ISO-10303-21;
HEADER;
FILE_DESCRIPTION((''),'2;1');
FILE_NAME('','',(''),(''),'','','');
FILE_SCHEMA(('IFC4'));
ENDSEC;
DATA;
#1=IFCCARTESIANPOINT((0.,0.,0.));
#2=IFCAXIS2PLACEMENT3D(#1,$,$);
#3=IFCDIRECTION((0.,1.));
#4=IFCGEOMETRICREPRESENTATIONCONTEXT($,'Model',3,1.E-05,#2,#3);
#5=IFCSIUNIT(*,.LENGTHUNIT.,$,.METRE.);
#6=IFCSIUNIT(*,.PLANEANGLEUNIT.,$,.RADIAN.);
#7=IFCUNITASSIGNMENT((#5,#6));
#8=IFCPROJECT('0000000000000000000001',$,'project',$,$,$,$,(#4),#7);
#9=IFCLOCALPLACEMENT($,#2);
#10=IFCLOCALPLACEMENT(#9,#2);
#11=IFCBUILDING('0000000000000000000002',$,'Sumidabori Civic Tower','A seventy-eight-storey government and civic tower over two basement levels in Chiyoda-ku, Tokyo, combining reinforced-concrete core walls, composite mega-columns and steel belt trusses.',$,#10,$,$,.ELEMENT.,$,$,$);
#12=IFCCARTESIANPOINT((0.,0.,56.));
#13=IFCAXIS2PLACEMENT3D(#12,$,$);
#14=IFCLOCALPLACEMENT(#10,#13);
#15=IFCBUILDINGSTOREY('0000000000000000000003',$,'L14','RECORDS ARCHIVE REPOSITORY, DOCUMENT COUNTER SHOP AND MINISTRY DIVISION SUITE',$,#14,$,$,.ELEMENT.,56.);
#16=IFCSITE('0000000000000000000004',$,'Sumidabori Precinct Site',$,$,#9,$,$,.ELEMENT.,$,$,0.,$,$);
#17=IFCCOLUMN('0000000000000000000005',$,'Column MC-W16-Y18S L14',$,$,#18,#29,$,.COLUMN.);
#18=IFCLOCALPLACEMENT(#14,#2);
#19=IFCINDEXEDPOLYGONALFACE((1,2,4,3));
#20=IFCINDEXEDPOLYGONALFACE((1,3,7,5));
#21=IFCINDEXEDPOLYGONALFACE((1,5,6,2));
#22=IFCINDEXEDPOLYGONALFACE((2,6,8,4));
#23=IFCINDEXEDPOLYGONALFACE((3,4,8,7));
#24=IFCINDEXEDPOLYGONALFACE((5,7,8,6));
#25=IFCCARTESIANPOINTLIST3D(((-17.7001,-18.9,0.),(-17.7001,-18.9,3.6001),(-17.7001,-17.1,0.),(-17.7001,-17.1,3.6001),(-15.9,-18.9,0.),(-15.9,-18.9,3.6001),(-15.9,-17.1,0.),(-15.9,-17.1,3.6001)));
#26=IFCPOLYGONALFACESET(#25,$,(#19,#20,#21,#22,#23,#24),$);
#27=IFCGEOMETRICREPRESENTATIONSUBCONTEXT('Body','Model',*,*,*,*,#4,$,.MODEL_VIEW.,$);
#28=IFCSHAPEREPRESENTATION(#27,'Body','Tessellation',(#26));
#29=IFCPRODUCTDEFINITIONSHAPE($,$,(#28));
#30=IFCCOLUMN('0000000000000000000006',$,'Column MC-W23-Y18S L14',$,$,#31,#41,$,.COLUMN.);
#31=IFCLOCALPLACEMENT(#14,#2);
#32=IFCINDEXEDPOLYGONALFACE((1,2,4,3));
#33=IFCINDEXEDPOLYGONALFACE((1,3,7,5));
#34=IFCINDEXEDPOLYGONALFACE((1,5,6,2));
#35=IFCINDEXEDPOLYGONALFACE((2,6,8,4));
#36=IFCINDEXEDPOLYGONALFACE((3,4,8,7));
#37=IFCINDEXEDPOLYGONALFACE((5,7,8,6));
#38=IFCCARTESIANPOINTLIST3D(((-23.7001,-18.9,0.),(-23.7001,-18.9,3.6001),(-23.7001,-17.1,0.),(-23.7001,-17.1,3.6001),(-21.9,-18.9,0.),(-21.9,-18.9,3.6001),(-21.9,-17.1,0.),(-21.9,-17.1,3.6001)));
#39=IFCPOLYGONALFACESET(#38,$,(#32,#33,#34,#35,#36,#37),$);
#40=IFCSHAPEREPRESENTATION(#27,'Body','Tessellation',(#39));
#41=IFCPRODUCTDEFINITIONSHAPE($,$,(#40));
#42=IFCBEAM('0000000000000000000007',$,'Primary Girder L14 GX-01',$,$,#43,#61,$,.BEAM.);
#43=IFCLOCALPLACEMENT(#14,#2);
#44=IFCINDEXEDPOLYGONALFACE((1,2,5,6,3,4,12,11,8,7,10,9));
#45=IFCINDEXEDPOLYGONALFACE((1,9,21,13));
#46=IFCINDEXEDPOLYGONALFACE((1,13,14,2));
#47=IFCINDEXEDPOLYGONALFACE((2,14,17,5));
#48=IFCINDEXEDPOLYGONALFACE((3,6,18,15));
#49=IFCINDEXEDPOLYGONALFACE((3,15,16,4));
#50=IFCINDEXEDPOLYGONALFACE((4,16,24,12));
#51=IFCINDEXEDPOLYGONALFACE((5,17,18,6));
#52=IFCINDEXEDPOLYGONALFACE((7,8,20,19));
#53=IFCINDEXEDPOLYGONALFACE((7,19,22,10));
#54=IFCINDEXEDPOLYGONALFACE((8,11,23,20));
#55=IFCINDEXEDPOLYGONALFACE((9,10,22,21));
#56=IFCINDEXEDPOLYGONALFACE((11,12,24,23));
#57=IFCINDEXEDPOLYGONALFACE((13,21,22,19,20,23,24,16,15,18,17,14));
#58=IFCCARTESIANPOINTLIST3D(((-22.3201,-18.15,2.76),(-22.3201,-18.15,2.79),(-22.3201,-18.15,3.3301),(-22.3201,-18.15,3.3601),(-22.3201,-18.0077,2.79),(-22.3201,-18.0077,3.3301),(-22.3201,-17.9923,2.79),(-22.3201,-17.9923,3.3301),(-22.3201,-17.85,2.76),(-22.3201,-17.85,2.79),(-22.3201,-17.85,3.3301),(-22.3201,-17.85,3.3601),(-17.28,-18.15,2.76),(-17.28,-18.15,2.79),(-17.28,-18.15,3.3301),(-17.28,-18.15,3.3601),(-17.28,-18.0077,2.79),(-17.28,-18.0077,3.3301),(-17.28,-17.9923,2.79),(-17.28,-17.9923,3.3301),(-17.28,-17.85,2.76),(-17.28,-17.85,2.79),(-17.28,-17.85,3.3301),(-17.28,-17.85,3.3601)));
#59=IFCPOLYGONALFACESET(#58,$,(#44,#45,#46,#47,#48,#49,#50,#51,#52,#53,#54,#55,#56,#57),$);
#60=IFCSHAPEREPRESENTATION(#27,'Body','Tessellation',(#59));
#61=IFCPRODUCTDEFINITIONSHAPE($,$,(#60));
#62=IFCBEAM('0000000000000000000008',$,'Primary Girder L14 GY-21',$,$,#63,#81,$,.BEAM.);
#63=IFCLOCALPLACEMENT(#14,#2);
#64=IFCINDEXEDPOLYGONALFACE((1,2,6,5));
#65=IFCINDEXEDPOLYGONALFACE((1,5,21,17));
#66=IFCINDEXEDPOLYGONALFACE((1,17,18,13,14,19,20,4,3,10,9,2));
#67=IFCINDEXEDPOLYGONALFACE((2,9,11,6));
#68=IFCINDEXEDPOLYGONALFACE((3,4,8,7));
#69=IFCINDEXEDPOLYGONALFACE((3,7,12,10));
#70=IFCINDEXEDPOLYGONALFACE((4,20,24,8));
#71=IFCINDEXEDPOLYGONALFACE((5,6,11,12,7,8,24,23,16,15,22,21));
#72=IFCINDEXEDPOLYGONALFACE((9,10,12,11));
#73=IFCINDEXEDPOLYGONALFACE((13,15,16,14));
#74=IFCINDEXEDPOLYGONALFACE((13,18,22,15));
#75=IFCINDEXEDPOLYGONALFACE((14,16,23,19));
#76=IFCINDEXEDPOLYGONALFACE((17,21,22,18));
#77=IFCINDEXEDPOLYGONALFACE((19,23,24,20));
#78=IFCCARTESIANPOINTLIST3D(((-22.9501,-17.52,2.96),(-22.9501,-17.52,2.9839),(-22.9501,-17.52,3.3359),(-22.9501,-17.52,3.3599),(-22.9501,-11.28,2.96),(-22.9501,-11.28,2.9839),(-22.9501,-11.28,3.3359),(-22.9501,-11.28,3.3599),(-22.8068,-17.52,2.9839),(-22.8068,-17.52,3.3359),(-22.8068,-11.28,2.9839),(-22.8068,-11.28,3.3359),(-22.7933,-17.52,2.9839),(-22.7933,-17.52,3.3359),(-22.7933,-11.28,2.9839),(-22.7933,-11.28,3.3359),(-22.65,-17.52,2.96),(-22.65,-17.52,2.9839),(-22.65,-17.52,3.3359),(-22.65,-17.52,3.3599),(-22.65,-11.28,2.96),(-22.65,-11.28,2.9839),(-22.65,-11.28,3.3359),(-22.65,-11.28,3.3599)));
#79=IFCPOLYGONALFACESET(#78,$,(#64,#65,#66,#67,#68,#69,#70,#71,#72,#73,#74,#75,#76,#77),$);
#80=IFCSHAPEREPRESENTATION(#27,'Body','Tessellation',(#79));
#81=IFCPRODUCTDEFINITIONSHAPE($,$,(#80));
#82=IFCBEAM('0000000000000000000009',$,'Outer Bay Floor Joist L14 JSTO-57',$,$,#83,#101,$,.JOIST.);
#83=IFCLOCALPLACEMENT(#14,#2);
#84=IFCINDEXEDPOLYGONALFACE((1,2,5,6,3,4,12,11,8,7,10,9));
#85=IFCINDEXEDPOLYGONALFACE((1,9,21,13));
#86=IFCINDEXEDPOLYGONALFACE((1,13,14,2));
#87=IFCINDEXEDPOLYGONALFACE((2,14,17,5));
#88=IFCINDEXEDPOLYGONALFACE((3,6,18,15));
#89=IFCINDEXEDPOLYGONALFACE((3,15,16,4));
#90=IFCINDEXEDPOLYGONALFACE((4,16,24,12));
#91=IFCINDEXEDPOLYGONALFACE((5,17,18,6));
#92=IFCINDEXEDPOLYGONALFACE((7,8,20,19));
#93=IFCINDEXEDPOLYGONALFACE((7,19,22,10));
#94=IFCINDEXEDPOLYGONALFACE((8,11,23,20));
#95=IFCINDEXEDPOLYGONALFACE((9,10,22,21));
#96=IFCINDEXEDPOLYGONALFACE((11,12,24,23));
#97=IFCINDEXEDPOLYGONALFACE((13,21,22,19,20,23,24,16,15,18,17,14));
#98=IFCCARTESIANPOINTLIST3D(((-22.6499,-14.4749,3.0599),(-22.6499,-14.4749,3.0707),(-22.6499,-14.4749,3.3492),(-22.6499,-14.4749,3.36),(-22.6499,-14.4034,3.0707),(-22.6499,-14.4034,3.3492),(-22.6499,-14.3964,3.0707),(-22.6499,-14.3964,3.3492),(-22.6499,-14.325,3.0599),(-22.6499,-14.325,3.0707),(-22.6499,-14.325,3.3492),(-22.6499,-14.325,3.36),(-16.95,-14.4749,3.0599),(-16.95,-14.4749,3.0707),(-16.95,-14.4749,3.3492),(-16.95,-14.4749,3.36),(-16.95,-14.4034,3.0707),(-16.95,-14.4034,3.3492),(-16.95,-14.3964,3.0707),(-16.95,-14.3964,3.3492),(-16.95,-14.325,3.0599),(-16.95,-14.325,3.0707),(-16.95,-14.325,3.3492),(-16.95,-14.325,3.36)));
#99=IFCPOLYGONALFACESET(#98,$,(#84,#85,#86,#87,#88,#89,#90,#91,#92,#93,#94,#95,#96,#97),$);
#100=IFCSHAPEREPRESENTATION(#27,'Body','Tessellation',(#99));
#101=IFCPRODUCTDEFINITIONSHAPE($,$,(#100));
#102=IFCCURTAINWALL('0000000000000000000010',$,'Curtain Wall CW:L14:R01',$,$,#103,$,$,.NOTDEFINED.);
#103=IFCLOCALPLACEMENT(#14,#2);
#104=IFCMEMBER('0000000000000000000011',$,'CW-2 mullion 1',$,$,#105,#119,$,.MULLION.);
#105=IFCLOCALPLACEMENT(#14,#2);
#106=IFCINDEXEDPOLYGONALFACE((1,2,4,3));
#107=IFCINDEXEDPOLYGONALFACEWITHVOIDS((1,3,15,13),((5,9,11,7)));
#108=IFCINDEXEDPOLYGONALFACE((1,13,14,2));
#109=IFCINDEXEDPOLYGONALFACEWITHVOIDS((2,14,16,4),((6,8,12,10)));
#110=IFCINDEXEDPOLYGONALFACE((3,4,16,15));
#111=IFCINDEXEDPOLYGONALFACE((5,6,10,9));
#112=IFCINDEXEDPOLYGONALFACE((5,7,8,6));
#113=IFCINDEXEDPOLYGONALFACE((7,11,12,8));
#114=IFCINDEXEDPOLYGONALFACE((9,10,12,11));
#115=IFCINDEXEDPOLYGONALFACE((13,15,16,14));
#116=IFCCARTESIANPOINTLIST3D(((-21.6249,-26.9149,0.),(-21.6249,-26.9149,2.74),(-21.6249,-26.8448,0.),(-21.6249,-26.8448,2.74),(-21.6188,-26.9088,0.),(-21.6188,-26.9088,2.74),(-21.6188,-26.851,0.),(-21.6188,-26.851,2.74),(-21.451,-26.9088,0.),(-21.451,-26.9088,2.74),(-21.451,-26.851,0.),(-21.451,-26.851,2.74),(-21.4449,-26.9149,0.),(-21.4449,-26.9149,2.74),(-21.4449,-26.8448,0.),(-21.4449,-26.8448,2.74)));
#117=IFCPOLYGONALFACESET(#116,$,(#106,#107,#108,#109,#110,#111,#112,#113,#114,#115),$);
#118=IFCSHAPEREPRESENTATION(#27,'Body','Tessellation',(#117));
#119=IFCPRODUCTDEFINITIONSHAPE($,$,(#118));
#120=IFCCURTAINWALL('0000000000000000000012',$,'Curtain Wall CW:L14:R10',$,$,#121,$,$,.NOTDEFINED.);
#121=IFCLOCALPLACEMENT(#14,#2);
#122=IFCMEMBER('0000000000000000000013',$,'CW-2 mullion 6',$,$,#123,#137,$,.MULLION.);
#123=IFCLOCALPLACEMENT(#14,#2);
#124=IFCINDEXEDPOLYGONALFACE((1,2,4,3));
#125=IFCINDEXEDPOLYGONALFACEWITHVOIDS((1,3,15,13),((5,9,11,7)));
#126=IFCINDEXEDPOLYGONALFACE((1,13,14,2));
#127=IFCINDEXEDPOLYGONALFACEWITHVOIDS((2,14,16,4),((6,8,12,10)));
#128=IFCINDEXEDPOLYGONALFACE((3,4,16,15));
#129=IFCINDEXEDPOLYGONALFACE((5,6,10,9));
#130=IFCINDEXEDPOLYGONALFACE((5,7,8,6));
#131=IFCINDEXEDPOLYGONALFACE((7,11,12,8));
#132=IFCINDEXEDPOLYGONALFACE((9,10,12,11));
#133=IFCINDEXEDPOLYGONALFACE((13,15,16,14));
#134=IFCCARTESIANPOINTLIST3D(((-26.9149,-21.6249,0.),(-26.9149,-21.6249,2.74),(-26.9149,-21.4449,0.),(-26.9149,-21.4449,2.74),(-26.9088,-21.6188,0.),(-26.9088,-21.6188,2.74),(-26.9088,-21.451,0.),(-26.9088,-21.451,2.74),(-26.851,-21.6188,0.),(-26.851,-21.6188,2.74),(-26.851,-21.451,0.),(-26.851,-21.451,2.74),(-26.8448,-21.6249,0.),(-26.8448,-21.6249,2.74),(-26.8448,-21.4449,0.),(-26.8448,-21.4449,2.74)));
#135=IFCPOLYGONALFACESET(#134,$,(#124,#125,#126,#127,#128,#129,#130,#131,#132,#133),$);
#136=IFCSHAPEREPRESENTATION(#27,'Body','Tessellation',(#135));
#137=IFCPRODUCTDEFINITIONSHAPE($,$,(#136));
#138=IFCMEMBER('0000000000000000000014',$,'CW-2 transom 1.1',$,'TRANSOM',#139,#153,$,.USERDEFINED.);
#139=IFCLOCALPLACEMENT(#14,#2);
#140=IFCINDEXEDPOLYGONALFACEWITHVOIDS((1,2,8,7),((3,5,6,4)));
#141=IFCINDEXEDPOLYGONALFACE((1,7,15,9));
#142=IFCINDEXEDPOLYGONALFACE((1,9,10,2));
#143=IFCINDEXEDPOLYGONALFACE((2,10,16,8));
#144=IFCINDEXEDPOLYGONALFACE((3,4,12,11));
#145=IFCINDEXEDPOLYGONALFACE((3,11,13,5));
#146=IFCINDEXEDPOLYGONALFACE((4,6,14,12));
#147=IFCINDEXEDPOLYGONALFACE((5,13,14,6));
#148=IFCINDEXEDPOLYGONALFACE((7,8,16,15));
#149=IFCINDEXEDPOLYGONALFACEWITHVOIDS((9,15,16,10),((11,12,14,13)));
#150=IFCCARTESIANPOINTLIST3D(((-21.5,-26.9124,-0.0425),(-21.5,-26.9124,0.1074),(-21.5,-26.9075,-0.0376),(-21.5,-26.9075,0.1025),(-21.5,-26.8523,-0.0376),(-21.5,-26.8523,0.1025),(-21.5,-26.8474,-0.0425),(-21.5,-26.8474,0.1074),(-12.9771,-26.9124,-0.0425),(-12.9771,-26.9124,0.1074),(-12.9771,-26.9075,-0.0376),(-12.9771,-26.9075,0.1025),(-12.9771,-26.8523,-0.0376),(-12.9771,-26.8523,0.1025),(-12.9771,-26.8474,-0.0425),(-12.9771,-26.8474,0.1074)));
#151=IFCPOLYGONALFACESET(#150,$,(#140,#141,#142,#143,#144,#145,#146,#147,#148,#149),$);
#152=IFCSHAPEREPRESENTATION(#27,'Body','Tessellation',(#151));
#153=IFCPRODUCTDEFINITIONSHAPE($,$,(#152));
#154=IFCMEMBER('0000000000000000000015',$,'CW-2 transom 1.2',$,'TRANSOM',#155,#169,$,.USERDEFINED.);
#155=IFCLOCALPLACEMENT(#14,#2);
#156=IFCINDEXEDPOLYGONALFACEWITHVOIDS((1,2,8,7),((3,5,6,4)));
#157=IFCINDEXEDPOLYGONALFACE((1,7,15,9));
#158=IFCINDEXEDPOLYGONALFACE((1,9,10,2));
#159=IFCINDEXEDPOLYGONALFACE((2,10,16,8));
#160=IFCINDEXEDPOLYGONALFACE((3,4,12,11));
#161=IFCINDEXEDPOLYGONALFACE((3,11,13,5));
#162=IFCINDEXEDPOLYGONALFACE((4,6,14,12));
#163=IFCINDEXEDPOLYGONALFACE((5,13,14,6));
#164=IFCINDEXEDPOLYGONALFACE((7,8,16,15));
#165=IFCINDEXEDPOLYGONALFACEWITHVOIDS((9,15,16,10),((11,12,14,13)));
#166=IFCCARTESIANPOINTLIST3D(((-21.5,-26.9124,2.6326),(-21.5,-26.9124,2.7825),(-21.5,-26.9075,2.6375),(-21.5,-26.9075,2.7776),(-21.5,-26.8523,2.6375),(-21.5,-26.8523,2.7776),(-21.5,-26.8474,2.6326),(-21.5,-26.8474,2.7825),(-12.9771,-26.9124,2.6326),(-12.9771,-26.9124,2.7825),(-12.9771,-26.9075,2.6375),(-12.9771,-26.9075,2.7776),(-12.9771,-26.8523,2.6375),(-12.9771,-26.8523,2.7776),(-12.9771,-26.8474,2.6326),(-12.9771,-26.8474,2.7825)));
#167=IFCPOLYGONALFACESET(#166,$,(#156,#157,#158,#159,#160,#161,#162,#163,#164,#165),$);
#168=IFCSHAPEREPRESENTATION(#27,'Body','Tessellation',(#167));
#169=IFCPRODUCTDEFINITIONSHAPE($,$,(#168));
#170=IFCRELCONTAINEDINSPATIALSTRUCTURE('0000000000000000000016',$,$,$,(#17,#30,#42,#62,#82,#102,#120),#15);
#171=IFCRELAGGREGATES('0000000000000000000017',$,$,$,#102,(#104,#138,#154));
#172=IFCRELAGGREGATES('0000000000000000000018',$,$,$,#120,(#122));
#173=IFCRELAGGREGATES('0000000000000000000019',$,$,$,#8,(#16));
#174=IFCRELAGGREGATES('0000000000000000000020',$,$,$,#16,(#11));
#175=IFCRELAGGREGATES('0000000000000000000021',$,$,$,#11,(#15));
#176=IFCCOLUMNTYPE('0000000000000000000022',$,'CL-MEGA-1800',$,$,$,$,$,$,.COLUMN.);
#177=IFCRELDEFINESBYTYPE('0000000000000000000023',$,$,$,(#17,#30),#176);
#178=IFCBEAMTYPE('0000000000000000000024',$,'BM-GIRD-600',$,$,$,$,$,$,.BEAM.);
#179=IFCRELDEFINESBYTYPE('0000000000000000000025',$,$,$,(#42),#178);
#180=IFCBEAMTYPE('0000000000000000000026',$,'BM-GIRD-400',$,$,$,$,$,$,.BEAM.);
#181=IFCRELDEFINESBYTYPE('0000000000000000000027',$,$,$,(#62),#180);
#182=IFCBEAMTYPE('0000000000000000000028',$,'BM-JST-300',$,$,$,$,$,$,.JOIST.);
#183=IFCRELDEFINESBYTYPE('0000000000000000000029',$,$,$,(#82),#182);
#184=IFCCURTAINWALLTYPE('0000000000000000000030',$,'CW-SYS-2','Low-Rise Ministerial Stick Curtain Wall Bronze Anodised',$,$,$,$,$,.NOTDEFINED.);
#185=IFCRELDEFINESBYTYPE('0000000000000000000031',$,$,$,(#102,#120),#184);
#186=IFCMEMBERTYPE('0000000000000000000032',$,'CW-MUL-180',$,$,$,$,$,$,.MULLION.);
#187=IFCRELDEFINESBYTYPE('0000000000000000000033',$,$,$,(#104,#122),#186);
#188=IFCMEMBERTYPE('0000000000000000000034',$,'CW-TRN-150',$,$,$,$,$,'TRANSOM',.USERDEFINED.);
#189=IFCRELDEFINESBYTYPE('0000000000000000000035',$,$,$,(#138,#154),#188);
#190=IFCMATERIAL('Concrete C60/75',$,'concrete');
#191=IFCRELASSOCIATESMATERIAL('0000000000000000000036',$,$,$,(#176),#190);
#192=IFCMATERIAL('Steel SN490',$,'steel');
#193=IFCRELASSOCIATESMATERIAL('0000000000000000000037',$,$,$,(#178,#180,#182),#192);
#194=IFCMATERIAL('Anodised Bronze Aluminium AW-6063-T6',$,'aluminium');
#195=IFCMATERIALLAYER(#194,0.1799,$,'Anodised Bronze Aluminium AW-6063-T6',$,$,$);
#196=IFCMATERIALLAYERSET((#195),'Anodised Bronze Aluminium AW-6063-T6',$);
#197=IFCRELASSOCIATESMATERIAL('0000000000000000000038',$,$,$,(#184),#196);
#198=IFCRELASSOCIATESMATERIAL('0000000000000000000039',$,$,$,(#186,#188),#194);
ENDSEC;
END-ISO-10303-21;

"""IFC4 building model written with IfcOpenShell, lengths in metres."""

from ifc_helpers import new_model, si_unit, direction, frame, origin, origin_2d, place, context, subcontext, project, spatial, rectangle, hollow_rectangle, i_section, extrude, source, transform, mapped, material, layer, layer_set, material_profile, profile_set, type_object, element, aggregate, save


model = new_model("IFC4")

# Units and contexts
model_context = context("Model", 3, precision=1e-05, world=origin(), true_north=direction((0.0, 1.0)))
body_context = subcontext(model_context, "Body", "Model", "MODEL_VIEW")
ifc_project = project(units=[si_unit("LENGTHUNIT", "METRE"), si_unit("PLANEANGLEUNIT", "RADIAN")], contexts=[model_context])

# Site, building, storey
site_placement = place(None, origin())
site = spatial("IfcSite", under=ifc_project, at=site_placement, Name="Sumidabori Precinct Site", CompositionType="ELEMENT", RefElevation=0.0)
building_placement = place(site_placement, origin())
building = spatial("IfcBuilding", under=site, at=building_placement, Name="Sumidabori Civic Tower", Description="A seventy-eight-storey government and civic tower over two basement levels in Chiyoda-ku, Tokyo, combining reinforced-concrete core walls, composite mega-columns and steel belt trusses.", CompositionType="ELEMENT")
storey_placement = place(building_placement, frame((0.0, 0.0, 56.0)))
storey = spatial("IfcBuildingStorey", under=building, at=storey_placement, Name="L14", Description="RECORDS ARCHIVE REPOSITORY, DOCUMENT COUNTER SHOP AND MINISTRY DIVISION SUITE", CompositionType="ELEMENT", Elevation=56.0)

# Columns
ifc_material_1 = material(Name="Concrete C60/75", Category="concrete")
ifc_material_profile_1 = material_profile(ifc_material_1, rectangle(XDim=1.8, YDim=1.8, at=origin_2d()), Name="RC 1800x1800")
ifc_profile_set_1 = profile_set([ifc_material_profile_1], Name="Concrete C60/75")
column_type = type_object("IfcColumnType", Name="CL-MEGA-1800", PredefinedType="COLUMN", material=ifc_profile_set_1)
shared_shape_1 = source(origin(), body_context, "Body", "SweptSolid", [
    extrude(rectangle(XDim=1.8, YDim=1.8, at=origin_2d()), origin(), (0.0, 0.0, 1.0), 3.6001),
])
for number, where, z_axis, x_axis, name in (
    (1, (-16.8, -18.0, 0.0), (0.0, 0.0, 1.0), (1.0, 0.0, 0.0), "Column MC-W16-Y18S L14"),
    (2, (-22.8, -18.0, 0.0), (0.0, 0.0, 1.0), (1.0, 0.0, 0.0), "Column MC-W23-Y18S L14"),
):
    element("IfcColumn", number, at=place(storey_placement, frame(where, z_axis=z_axis, x_axis=x_axis)), inside=storey, type_object=column_type, Name=name, PredefinedType="COLUMN", context=body_context, shape_type="MappedRepresentation", body=[
        mapped(shared_shape_1, transform((0.0, 0.0, 0.0), x_axis=(1.0, 0.0, 0.0), y_axis=(0.0, 1.0, 0.0), z_axis=(0.0, 0.0, 1.0), scale=1.0)),
    ])

# Beams
ifc_material_2 = material(Name="Steel SN490", Category="steel")
ifc_material_profile_2 = material_profile(ifc_material_2, i_section(OverallWidth=0.3, OverallDepth=0.6001, WebThickness=0.0154, FlangeThickness=0.03, at=origin_2d()), Name="HE 600 B")
ifc_profile_set_2 = profile_set([ifc_material_profile_2], Name="Steel SN490")
beam_type_1 = type_object("IfcBeamType", Name="BM-GIRD-600", PredefinedType="BEAM", material=ifc_profile_set_2)
shared_shape_2 = source(origin(), body_context, "Body", "SweptSolid", [
    extrude(i_section(OverallWidth=0.3, OverallDepth=0.6001, WebThickness=0.0154, FlangeThickness=0.03, at=origin_2d()), origin(), (0.0, 0.0, 1.0), 5.04),
])
beam_1_placement = place(storey_placement, frame((-22.3201, -18.0, 3.0601), z_axis=(1.0, 0.0, 0.0), x_axis=(0.0, 1.0, 0.0)))
element("IfcBeam", 3, at=beam_1_placement, inside=storey, type_object=beam_type_1, Name="Primary Girder L14 GX-01", PredefinedType="BEAM", context=body_context, shape_type="MappedRepresentation", body=[
    mapped(shared_shape_2, transform((0.0, 0.0, 0.0), x_axis=(1.0, 0.0, 0.0), y_axis=(0.0, 1.0, 0.0), z_axis=(0.0, 0.0, 1.0), scale=1.0)),
])
ifc_material_profile_3 = material_profile(ifc_material_2, i_section(OverallWidth=0.3, OverallDepth=0.3999, WebThickness=0.0134, FlangeThickness=0.0239, at=origin_2d()), Name="HE 400 B")
ifc_profile_set_3 = profile_set([ifc_material_profile_3], Name="Steel SN490")
beam_type_2 = type_object("IfcBeamType", Name="BM-GIRD-400", PredefinedType="BEAM", material=ifc_profile_set_3)
shared_shape_3 = source(origin(), body_context, "Body", "SweptSolid", [
    extrude(i_section(OverallWidth=0.3, OverallDepth=0.3999, WebThickness=0.0134, FlangeThickness=0.0239, at=origin_2d()), origin(), (0.0, 0.0, 1.0), 6.24),
])
beam_2_placement = place(storey_placement, frame((-22.8, -17.52, 3.1599), z_axis=(0.0, 1.0, 0.0), x_axis=(-1.0, 0.0, 0.0)))
element("IfcBeam", 4, at=beam_2_placement, inside=storey, type_object=beam_type_2, Name="Primary Girder L14 GY-21", PredefinedType="BEAM", context=body_context, shape_type="MappedRepresentation", body=[
    mapped(shared_shape_3, transform((0.0, 0.0, 0.0), x_axis=(1.0, 0.0, 0.0), y_axis=(0.0, 1.0, 0.0), z_axis=(0.0, 0.0, 1.0), scale=1.0)),
])
ifc_material_profile_4 = material_profile(ifc_material_2, i_section(OverallWidth=0.1499, OverallDepth=0.3, WebThickness=0.0071, FlangeThickness=0.0107, at=origin_2d()), Name="IPE 300")
ifc_profile_set_4 = profile_set([ifc_material_profile_4], Name="Steel SN490")
beam_type_3 = type_object("IfcBeamType", Name="BM-JST-300", PredefinedType="JOIST", material=ifc_profile_set_4)
shared_shape_4 = source(origin(), body_context, "Body", "SweptSolid", [
    extrude(i_section(OverallWidth=0.1499, OverallDepth=0.3, WebThickness=0.0071, FlangeThickness=0.0107, at=origin_2d()), origin(), (0.0, 0.0, 1.0), 5.7),
])
beam_3_placement = place(storey_placement, frame((-22.6499, -14.3999, 3.21), z_axis=(1.0, 0.0, 0.0), x_axis=(0.0, 1.0, 0.0)))
element("IfcBeam", 5, at=beam_3_placement, inside=storey, type_object=beam_type_3, Name="Outer Bay Floor Joist L14 JSTO-57", PredefinedType="JOIST", context=body_context, shape_type="MappedRepresentation", body=[
    mapped(shared_shape_4, transform((0.0, 0.0, 0.0), x_axis=(1.0, 0.0, 0.0), y_axis=(0.0, 1.0, 0.0), z_axis=(0.0, 0.0, 1.0), scale=1.0)),
])

# Curtain walls, members
ifc_material_3 = material(Name="Anodised Bronze Aluminium AW-6063-T6", Category="aluminium")
ifc_layer_1 = layer(ifc_material_3, 0.1799, Name="Anodised Bronze Aluminium AW-6063-T6")
ifc_layer_set_1 = layer_set([ifc_layer_1], Name="Anodised Bronze Aluminium AW-6063-T6")
curtain_wall_type = type_object("IfcCurtainWallType", Name="CW-SYS-2", Description="Low-Rise Ministerial Stick Curtain Wall Bronze Anodised", PredefinedType="NOTDEFINED", material=ifc_layer_set_1)
curtain_wall_1_placement = place(storey_placement, origin())
curtain_wall_1 = element("IfcCurtainWall", 6, at=curtain_wall_1_placement, inside=storey, type_object=curtain_wall_type, Name="Curtain Wall CW:L14:R01", PredefinedType="NOTDEFINED")
ifc_material_profile_5 = material_profile(ifc_material_3, hollow_rectangle(XDim=0.0701, YDim=0.1799, WallThickness=0.0061, at=origin_2d()), Name="ALU MULLION 180x70")
ifc_profile_set_5 = profile_set([ifc_material_profile_5], Name="Anodised Bronze Aluminium AW-6063-T6")
member_type_1 = type_object("IfcMemberType", Name="CW-MUL-180", PredefinedType="MULLION", material=ifc_profile_set_5)
shared_shape_5 = source(origin(), body_context, "Body", "SweptSolid", [
    extrude(hollow_rectangle(XDim=0.0701, YDim=0.1799, WallThickness=0.0061, at=origin_2d()), origin(), (0.0, 0.0, 1.0), 2.74),
])
member_1_placement = place(storey_placement, frame((-21.5349, -26.8799, 0.0), z_axis=(0.0, 0.0, 1.0), x_axis=(0.0, 1.0, 0.0)))
member_1 = element("IfcMember", 7, at=member_1_placement, type_object=member_type_1, Name="CW-2 mullion 1", PredefinedType="MULLION", context=body_context, shape_type="MappedRepresentation", body=[
    mapped(shared_shape_5, transform((0.0, 0.0, 0.0), x_axis=(1.0, 0.0, 0.0), y_axis=(0.0, 1.0, 0.0), z_axis=(0.0, 0.0, 1.0), scale=1.0)),
])
curtain_wall_2_placement = place(storey_placement, origin())
curtain_wall_2 = element("IfcCurtainWall", 8, at=curtain_wall_2_placement, inside=storey, type_object=curtain_wall_type, Name="Curtain Wall CW:L14:R10", PredefinedType="NOTDEFINED")
member_2_placement = place(storey_placement, frame((-26.8799, -21.5349, 0.0), z_axis=(0.0, 0.0, 1.0), x_axis=(1.0, 0.0, 0.0)))
member_2 = element("IfcMember", 9, at=member_2_placement, type_object=member_type_1, Name="CW-2 mullion 6", PredefinedType="MULLION", context=body_context, shape_type="MappedRepresentation", body=[
    mapped(shared_shape_5, transform((0.0, 0.0, 0.0), x_axis=(1.0, 0.0, 0.0), y_axis=(0.0, 1.0, 0.0), z_axis=(0.0, 0.0, 1.0), scale=1.0)),
])

# Members
ifc_material_profile_6 = material_profile(ifc_material_3, hollow_rectangle(XDim=0.0649, YDim=0.1499, WallThickness=0.0049, at=origin_2d()), Name="ALU TRANSOM 150x65")
ifc_profile_set_6 = profile_set([ifc_material_profile_6], Name="Anodised Bronze Aluminium AW-6063-T6")
member_type_2 = type_object("IfcMemberType", Name="CW-TRN-150", ElementType="TRANSOM", PredefinedType="USERDEFINED", material=ifc_profile_set_6)
shared_shape_6 = source(origin(), body_context, "Body", "SweptSolid", [
    extrude(hollow_rectangle(XDim=0.0649, YDim=0.1499, WallThickness=0.0049, at=origin_2d()), origin(), (0.0, 0.0, 1.0), 8.5229),
])
member_3_placement = place(storey_placement, frame((-21.5, -26.8799, 0.0325), z_axis=(1.0, 0.0, 0.0), x_axis=(0.0, 1.0, 0.0)))
member_3 = element("IfcMember", 10, at=member_3_placement, type_object=member_type_2, Name="CW-2 transom 1.1", ObjectType="TRANSOM", PredefinedType="USERDEFINED", context=body_context, shape_type="MappedRepresentation", body=[
    mapped(shared_shape_6, transform((0.0, 0.0, 0.0), x_axis=(1.0, 0.0, 0.0), y_axis=(0.0, 1.0, 0.0), z_axis=(0.0, 0.0, 1.0), scale=1.0)),
])
member_4_placement = place(storey_placement, frame((-21.5, -26.8799, 2.7075), z_axis=(1.0, 0.0, 0.0), x_axis=(0.0, 1.0, 0.0)))
member_4 = element("IfcMember", 11, at=member_4_placement, type_object=member_type_2, Name="CW-2 transom 1.2", ObjectType="TRANSOM", PredefinedType="USERDEFINED", context=body_context, shape_type="MappedRepresentation", body=[
    mapped(shared_shape_6, transform((0.0, 0.0, 0.0), x_axis=(1.0, 0.0, 0.0), y_axis=(0.0, 1.0, 0.0), z_axis=(0.0, 0.0, 1.0), scale=1.0)),
])

aggregate(curtain_wall_1, [member_1, member_3, member_4])
aggregate(curtain_wall_2, [member_2])

save(model, "model.ifc")
